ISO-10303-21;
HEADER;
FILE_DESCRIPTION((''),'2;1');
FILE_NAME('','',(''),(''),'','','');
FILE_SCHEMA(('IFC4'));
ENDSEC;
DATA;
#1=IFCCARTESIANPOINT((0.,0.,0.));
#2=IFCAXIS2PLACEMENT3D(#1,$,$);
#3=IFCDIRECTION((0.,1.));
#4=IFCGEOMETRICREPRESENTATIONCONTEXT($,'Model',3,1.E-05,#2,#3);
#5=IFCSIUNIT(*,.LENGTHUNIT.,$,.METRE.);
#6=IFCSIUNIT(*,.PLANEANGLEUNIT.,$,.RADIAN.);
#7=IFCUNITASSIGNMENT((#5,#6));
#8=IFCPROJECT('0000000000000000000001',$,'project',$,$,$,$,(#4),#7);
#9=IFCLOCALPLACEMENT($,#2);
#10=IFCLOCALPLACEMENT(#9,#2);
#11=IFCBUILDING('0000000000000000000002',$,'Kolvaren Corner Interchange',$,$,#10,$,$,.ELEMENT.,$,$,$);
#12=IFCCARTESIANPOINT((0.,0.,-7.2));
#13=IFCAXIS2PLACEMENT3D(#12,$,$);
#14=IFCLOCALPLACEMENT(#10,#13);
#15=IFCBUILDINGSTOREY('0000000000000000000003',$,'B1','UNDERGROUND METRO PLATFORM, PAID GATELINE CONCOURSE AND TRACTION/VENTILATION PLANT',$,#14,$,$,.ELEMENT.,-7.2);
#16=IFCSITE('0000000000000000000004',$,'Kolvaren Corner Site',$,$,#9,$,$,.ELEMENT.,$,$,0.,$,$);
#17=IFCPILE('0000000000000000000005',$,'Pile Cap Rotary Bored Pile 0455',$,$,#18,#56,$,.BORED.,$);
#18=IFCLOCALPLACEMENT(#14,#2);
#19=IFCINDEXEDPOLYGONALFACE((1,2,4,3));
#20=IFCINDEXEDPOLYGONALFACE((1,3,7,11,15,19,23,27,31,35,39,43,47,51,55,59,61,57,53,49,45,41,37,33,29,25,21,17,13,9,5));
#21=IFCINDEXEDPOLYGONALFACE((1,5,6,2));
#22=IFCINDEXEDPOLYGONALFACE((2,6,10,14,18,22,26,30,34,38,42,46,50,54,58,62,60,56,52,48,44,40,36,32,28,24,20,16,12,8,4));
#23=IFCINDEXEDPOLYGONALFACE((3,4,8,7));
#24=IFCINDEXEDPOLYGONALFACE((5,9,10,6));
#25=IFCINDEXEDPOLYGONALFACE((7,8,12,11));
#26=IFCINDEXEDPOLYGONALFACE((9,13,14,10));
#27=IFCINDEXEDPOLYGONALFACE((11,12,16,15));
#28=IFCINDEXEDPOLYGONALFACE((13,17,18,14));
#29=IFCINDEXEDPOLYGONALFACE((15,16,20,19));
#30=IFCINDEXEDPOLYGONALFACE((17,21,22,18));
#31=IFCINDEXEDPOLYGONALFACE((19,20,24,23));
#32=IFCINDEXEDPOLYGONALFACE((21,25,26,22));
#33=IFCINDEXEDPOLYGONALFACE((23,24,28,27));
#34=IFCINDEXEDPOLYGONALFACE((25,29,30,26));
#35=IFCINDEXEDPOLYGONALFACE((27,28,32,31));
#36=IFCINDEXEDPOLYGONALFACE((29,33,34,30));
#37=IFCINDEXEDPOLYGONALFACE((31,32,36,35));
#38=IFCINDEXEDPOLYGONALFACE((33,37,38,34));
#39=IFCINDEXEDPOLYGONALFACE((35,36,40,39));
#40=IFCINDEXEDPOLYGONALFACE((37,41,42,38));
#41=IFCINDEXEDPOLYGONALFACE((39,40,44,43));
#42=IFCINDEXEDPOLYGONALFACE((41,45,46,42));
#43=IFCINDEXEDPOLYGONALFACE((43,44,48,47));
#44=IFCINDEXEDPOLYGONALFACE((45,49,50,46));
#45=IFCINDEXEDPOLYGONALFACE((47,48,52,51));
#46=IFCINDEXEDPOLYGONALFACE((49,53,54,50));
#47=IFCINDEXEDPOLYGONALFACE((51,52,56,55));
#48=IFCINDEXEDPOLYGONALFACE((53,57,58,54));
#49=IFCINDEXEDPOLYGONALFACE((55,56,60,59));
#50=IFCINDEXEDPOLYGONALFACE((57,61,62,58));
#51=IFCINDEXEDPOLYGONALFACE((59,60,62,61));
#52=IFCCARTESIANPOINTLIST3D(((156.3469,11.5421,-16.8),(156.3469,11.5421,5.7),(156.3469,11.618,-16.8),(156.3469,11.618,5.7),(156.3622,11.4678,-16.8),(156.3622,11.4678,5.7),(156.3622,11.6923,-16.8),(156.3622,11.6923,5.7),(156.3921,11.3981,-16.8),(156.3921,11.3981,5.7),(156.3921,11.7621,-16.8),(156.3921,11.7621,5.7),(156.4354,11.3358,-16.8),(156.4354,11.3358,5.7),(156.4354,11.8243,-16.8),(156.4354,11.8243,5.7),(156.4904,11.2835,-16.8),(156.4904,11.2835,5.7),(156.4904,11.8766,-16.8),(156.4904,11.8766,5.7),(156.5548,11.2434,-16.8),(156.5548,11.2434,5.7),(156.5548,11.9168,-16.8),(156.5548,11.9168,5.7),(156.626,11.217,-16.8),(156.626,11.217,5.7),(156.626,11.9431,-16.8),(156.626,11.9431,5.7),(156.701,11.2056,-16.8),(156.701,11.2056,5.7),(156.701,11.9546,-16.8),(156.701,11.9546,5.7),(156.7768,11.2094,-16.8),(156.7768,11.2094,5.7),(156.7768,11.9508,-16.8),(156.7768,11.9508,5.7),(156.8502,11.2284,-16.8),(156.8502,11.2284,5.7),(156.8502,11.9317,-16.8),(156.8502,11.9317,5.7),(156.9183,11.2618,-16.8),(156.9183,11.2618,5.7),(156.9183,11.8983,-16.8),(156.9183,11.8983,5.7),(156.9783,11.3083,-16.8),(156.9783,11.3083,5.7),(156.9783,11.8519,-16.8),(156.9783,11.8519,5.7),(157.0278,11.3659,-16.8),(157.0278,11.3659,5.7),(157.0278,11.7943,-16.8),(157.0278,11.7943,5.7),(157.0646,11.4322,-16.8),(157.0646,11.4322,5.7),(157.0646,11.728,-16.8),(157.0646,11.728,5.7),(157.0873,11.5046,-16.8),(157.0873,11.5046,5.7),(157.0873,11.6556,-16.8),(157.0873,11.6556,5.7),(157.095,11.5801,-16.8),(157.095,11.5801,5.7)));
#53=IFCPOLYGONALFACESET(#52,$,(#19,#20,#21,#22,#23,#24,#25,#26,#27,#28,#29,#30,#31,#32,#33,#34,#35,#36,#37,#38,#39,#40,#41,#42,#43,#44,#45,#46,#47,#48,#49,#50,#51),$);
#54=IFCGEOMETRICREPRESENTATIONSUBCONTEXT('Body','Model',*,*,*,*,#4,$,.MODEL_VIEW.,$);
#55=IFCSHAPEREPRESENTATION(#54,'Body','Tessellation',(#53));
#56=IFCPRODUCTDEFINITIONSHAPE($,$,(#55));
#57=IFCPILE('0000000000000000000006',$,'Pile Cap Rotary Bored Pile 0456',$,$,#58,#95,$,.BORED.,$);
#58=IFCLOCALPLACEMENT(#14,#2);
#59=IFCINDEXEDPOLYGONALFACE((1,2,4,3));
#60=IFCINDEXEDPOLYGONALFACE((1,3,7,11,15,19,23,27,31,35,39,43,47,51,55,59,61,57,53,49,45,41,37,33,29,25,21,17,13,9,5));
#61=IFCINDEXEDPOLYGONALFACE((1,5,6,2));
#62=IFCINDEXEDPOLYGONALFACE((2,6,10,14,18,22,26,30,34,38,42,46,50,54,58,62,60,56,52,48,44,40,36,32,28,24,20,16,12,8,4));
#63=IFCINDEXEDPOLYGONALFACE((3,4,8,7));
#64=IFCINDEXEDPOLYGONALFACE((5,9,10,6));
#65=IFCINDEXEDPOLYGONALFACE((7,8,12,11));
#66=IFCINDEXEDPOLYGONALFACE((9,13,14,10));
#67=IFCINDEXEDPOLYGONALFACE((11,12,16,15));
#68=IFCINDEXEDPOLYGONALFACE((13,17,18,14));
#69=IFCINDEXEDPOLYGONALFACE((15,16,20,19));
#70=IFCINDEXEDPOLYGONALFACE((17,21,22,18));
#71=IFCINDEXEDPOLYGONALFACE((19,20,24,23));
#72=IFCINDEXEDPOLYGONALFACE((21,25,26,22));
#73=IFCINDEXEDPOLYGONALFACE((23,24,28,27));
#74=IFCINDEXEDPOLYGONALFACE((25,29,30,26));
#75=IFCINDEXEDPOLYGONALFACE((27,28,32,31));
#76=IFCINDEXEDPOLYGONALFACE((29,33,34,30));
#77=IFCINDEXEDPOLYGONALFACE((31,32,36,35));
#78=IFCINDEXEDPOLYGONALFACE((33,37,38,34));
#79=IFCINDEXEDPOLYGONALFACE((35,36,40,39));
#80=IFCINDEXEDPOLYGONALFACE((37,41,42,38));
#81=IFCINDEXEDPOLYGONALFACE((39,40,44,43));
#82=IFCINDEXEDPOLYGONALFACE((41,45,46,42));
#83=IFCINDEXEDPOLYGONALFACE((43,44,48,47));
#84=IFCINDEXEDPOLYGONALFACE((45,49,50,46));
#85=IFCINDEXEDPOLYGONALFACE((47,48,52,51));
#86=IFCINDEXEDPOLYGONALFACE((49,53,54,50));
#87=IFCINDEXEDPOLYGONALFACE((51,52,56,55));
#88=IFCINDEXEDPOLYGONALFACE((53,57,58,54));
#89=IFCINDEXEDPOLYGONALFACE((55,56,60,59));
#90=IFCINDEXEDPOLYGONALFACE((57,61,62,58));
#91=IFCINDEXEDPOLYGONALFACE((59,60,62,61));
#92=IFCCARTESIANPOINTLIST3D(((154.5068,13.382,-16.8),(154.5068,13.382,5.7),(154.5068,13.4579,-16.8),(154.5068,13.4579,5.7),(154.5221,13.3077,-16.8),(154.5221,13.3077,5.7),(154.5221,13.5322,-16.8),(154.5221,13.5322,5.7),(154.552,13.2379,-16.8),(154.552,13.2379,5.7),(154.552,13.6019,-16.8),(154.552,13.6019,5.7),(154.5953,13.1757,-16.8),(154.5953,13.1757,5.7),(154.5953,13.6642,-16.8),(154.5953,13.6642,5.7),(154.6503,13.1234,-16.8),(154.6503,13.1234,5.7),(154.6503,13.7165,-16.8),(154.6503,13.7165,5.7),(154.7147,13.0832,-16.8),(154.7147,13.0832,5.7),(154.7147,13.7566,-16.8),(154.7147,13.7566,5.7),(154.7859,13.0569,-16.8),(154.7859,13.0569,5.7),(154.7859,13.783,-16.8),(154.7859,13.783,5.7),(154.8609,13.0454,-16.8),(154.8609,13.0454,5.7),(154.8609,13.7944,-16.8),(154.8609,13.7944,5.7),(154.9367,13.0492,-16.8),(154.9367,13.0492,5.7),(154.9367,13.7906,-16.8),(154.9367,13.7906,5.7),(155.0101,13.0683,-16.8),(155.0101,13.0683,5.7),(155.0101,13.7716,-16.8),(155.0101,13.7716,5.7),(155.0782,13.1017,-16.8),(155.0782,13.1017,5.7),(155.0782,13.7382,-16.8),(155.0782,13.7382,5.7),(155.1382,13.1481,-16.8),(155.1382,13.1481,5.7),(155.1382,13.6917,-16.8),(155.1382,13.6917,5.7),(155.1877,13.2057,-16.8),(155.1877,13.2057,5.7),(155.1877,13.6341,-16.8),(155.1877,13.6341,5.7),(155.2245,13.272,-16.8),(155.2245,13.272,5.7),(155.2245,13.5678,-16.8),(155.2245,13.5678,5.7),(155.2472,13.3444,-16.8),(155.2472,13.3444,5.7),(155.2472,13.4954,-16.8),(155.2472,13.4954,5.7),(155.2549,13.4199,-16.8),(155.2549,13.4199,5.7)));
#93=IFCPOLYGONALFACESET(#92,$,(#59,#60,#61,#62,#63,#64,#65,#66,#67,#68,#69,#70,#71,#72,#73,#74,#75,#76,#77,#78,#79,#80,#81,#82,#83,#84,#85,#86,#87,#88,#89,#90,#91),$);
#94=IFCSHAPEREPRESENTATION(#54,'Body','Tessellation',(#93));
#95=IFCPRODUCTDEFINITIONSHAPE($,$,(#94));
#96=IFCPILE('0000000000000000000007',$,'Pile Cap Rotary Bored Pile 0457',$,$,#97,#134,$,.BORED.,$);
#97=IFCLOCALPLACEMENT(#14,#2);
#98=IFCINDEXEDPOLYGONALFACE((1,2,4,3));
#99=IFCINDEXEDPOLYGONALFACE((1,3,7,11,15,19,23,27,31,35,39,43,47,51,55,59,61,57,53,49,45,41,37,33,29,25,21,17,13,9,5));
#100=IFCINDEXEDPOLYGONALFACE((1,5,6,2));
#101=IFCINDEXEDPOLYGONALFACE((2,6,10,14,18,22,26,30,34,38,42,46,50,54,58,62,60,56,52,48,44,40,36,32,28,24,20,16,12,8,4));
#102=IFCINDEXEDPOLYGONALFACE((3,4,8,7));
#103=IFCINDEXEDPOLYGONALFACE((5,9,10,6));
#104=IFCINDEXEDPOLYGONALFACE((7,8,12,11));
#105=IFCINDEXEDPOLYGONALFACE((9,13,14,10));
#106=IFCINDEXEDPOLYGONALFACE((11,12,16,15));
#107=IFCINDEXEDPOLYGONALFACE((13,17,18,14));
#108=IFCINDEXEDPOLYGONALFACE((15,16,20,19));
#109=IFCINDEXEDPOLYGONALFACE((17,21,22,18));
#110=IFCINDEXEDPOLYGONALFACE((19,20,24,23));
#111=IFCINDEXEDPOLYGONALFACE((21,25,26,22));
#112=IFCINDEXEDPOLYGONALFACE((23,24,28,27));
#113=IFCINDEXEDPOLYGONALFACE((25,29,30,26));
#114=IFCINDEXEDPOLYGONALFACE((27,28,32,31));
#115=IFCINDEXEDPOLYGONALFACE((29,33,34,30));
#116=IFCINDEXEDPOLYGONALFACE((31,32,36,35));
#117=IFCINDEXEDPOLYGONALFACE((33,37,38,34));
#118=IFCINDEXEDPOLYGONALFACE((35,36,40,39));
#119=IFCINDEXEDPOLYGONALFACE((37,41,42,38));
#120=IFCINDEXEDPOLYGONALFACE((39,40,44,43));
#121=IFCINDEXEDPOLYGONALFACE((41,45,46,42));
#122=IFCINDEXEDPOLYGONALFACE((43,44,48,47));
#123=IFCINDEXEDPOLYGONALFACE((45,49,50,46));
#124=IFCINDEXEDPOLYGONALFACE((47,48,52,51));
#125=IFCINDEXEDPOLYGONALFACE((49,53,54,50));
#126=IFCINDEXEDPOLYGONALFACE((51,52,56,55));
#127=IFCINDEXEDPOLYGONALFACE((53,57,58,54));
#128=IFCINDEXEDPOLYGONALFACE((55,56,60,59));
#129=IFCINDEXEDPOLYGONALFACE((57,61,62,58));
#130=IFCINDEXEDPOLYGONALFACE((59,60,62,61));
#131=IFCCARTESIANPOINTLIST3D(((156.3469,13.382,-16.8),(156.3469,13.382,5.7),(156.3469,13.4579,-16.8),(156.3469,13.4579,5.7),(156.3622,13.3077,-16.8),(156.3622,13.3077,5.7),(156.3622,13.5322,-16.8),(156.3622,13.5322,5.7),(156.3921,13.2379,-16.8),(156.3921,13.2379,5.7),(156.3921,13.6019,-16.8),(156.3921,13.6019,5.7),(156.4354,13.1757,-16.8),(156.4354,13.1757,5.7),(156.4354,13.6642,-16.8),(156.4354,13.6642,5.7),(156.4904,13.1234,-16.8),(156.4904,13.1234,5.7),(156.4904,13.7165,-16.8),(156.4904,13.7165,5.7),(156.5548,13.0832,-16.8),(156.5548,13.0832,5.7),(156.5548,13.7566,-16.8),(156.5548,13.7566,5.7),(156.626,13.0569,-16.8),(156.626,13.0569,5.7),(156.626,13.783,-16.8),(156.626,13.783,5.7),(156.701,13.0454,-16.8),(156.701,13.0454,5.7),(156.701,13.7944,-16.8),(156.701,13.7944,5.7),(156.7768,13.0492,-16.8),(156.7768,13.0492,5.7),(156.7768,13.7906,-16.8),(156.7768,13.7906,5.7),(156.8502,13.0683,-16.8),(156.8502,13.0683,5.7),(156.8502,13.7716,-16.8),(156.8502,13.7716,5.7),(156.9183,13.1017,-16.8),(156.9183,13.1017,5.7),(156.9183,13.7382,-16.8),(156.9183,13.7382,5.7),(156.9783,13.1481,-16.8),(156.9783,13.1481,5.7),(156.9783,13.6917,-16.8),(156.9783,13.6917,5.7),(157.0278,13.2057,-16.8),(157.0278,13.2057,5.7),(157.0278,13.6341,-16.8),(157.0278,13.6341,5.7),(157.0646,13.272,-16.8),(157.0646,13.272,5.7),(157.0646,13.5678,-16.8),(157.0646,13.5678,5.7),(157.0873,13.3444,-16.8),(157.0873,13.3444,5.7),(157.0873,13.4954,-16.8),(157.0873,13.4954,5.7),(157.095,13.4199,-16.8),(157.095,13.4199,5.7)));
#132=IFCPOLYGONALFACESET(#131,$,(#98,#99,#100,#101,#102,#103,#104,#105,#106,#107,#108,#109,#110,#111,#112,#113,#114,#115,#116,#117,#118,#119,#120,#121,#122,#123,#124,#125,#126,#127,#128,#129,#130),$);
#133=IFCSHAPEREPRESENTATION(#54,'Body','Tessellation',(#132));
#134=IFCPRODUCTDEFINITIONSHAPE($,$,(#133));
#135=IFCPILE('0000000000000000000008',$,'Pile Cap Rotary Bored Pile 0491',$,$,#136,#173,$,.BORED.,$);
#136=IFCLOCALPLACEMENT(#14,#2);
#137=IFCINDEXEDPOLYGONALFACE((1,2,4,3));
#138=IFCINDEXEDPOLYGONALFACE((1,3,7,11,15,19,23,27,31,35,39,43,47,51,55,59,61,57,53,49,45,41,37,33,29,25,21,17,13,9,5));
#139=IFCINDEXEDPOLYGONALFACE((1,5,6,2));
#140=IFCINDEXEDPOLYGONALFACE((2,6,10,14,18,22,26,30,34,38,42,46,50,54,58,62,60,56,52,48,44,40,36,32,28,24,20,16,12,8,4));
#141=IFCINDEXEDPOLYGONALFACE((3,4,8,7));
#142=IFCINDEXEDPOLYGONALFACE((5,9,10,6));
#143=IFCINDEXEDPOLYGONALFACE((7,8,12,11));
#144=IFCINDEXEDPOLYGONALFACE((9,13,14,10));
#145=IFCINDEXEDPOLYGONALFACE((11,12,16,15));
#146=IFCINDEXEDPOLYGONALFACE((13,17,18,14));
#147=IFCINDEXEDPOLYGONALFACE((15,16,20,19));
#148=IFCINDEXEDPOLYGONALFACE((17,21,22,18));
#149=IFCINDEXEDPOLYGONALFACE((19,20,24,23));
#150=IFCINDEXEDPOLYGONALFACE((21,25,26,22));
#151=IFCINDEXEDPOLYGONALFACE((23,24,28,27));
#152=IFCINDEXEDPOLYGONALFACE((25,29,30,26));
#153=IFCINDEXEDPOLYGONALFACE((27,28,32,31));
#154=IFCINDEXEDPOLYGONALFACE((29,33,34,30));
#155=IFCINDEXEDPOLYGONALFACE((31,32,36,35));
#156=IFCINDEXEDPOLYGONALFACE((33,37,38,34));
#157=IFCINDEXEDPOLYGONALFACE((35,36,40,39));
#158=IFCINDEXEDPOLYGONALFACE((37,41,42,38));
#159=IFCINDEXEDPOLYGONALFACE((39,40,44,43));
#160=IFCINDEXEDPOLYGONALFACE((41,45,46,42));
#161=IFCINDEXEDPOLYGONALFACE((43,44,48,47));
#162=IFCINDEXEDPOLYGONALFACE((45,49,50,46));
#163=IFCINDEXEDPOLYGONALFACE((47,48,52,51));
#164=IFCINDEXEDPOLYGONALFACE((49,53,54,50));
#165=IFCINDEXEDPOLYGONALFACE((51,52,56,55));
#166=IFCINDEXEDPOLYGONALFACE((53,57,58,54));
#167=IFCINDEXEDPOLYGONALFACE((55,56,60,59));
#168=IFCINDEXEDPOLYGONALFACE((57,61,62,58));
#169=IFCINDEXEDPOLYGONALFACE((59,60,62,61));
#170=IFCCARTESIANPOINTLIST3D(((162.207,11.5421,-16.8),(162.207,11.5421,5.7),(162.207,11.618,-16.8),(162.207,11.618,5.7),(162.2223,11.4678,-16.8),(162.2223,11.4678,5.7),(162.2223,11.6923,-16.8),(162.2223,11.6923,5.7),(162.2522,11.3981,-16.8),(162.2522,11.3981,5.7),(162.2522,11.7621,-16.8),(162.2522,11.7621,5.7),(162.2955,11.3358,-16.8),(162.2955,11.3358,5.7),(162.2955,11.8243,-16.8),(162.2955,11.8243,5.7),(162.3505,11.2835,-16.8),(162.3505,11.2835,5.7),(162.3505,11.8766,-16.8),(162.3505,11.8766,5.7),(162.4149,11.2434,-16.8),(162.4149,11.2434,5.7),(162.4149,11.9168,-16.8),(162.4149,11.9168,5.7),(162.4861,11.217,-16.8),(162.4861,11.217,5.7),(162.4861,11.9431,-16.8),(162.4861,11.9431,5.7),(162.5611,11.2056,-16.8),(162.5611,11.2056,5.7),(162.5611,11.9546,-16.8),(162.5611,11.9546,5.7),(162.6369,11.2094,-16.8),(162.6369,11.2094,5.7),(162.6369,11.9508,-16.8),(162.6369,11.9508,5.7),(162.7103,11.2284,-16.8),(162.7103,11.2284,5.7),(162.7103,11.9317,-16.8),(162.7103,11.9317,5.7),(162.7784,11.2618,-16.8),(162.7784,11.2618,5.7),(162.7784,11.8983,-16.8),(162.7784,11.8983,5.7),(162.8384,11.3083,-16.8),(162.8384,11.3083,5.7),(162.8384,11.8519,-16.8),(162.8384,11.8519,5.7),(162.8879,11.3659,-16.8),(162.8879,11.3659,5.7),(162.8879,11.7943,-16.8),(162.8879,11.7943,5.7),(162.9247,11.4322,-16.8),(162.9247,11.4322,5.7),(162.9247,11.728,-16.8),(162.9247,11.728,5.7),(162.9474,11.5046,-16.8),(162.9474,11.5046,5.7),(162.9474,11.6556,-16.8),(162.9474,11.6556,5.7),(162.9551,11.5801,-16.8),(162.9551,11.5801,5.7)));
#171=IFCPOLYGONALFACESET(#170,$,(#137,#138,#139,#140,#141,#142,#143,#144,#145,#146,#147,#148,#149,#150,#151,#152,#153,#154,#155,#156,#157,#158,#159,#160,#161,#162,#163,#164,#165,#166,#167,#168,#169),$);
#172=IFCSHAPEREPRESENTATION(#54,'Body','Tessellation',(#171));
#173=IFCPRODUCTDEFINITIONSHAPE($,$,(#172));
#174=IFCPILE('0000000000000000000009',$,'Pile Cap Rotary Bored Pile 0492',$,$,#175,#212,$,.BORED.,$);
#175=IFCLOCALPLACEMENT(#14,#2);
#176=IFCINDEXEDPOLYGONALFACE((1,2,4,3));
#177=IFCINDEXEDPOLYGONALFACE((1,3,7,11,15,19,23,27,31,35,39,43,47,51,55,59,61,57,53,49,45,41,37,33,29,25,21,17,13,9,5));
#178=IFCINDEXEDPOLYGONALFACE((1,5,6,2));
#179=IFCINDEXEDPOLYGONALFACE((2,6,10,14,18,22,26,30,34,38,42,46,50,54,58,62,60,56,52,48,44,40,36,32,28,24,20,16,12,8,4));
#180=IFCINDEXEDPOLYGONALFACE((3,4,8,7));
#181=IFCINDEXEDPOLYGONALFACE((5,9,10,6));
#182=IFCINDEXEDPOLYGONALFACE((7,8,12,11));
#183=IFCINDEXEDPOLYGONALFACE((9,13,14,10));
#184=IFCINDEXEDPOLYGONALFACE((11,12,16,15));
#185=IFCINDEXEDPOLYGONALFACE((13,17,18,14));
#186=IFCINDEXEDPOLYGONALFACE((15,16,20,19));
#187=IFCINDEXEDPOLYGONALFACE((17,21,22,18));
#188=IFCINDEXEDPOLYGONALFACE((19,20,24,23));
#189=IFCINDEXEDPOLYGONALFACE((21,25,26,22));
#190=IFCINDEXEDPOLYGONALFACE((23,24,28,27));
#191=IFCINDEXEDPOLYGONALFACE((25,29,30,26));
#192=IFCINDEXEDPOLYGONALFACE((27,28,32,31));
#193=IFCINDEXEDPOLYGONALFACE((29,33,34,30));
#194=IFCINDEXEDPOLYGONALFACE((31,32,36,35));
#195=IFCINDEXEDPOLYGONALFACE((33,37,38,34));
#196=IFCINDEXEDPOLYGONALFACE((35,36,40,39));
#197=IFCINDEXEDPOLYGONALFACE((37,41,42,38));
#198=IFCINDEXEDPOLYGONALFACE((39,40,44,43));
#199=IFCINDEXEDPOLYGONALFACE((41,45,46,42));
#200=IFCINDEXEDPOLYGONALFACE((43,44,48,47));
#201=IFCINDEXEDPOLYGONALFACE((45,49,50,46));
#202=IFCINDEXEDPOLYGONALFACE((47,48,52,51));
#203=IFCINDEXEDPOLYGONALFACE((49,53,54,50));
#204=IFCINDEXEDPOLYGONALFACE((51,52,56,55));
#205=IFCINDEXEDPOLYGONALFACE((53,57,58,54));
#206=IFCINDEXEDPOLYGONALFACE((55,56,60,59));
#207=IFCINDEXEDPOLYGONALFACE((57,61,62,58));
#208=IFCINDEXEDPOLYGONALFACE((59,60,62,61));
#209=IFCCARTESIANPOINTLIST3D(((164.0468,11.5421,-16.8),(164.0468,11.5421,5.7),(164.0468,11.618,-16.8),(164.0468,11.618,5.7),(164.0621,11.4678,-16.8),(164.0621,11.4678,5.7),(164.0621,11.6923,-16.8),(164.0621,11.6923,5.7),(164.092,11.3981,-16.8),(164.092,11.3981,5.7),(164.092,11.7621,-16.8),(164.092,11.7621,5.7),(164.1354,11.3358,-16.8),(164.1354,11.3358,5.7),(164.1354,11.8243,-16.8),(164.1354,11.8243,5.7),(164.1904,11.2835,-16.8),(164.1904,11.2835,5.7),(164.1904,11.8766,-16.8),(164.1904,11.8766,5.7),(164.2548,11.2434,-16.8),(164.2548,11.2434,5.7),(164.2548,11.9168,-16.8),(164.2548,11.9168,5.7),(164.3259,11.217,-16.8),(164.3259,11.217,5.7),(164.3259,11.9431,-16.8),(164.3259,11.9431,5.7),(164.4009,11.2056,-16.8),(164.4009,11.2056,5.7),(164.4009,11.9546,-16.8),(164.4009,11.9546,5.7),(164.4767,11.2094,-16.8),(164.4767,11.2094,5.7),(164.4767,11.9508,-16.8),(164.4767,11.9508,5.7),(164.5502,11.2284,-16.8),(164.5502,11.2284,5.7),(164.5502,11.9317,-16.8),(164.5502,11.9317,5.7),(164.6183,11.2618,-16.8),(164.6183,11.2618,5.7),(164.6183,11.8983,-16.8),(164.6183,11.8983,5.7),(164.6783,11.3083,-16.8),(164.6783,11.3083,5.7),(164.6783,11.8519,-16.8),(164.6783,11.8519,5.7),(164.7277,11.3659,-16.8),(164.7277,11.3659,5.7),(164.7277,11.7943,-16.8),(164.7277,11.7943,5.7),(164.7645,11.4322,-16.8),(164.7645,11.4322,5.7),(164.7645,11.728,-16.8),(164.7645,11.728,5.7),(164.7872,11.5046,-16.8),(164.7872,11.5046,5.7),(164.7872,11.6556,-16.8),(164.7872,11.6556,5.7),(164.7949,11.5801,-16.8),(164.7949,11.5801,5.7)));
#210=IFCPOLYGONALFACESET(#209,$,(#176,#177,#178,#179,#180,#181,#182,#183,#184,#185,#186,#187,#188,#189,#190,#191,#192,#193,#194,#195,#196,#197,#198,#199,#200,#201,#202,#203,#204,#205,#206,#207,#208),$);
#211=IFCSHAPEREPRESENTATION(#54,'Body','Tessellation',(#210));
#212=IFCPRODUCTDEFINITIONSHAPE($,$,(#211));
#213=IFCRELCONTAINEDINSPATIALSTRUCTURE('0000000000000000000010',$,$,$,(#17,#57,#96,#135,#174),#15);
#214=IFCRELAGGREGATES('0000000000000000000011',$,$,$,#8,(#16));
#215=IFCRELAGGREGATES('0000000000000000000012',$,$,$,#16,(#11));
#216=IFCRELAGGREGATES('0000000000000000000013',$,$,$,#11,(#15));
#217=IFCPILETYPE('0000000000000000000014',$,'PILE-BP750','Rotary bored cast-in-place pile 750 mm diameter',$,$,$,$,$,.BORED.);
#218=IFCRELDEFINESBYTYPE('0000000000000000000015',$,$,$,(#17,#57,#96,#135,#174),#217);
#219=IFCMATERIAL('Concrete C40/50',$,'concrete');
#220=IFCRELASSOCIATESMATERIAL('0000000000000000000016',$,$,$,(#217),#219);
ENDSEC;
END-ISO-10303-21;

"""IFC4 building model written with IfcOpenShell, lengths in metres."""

from ifc_helpers import new_model, si_unit, direction, frame, origin, origin_2d, place, context, subcontext, project, spatial, circle, extrude, material, material_profile, profile_set, type_object, element, save


model = new_model("IFC4")

# Units and contexts
model_context = context("Model", 3, precision=1e-05, world=origin(), true_north=direction((0.0, 1.0)))
body_context = subcontext(model_context, "Body", "Model", "MODEL_VIEW")
ifc_project = project(units=[si_unit("LENGTHUNIT", "METRE"), si_unit("PLANEANGLEUNIT", "RADIAN")], contexts=[model_context])

# Site, building, storey
site_placement = place(None, origin())
site = spatial("IfcSite", under=ifc_project, at=site_placement, Name="Kolvaren Corner Site", CompositionType="ELEMENT", RefElevation=0.0)
building_placement = place(site_placement, origin())
building = spatial("IfcBuilding", under=site, at=building_placement, Name="Kolvaren Corner Interchange", CompositionType="ELEMENT")
storey_placement = place(building_placement, frame((0.0, 0.0, -7.2)))
storey = spatial("IfcBuildingStorey", under=building, at=storey_placement, Name="B1", Description="UNDERGROUND METRO PLATFORM, PAID GATELINE CONCOURSE AND TRACTION/VENTILATION PLANT", CompositionType="ELEMENT", Elevation=-7.2)

# Piles
ifc_material_1 = material(Name="Concrete C40/50", Category="concrete")
ifc_material_profile_1 = material_profile(ifc_material_1, circle(Radius=0.375, at=origin_2d()), Name="BORED PILE 750")
ifc_profile_set_1 = profile_set([ifc_material_profile_1], Name="Concrete C40/50")
pile_type_1 = type_object("IfcPileType", Name="PILE-BP750", Description="Rotary bored cast-in-place pile 750 mm diameter", PredefinedType="BORED", material=ifc_profile_set_1)
for number, where, z_axis, x_axis, name in (
    (1, (156.72, 11.5801, 5.7), (0.0, 0.0, -1.0), (1.0, 0.0, 0.0), "Pile Cap Rotary Bored Pile 0455"),
    (2, (154.8799, 13.4199, 5.7), (0.0, 0.0, -1.0), (1.0, 0.0, 0.0), "Pile Cap Rotary Bored Pile 0456"),
    (3, (156.72, 13.4199, 5.7), (0.0, 0.0, -1.0), (1.0, 0.0, 0.0), "Pile Cap Rotary Bored Pile 0457"),
    (4, (162.5801, 11.5801, 5.7), (0.0, 0.0, -1.0), (1.0, 0.0, 0.0), "Pile Cap Rotary Bored Pile 0491"),
    (5, (164.4199, 11.5801, 5.7), (0.0, 0.0, -1.0), (1.0, 0.0, 0.0), "Pile Cap Rotary Bored Pile 0492"),
):
    element("IfcPile", number, at=place(storey_placement, frame(where, z_axis=z_axis, x_axis=x_axis)), inside=storey, type_object=pile_type_1, Name=name, PredefinedType="BORED", context=body_context, shape_type="SweptSolid", body=[
        extrude(circle(Radius=0.375, at=origin_2d()), origin(), (0.0, 0.0, 1.0), 22.5),
    ])

save(model, "model.ifc")
